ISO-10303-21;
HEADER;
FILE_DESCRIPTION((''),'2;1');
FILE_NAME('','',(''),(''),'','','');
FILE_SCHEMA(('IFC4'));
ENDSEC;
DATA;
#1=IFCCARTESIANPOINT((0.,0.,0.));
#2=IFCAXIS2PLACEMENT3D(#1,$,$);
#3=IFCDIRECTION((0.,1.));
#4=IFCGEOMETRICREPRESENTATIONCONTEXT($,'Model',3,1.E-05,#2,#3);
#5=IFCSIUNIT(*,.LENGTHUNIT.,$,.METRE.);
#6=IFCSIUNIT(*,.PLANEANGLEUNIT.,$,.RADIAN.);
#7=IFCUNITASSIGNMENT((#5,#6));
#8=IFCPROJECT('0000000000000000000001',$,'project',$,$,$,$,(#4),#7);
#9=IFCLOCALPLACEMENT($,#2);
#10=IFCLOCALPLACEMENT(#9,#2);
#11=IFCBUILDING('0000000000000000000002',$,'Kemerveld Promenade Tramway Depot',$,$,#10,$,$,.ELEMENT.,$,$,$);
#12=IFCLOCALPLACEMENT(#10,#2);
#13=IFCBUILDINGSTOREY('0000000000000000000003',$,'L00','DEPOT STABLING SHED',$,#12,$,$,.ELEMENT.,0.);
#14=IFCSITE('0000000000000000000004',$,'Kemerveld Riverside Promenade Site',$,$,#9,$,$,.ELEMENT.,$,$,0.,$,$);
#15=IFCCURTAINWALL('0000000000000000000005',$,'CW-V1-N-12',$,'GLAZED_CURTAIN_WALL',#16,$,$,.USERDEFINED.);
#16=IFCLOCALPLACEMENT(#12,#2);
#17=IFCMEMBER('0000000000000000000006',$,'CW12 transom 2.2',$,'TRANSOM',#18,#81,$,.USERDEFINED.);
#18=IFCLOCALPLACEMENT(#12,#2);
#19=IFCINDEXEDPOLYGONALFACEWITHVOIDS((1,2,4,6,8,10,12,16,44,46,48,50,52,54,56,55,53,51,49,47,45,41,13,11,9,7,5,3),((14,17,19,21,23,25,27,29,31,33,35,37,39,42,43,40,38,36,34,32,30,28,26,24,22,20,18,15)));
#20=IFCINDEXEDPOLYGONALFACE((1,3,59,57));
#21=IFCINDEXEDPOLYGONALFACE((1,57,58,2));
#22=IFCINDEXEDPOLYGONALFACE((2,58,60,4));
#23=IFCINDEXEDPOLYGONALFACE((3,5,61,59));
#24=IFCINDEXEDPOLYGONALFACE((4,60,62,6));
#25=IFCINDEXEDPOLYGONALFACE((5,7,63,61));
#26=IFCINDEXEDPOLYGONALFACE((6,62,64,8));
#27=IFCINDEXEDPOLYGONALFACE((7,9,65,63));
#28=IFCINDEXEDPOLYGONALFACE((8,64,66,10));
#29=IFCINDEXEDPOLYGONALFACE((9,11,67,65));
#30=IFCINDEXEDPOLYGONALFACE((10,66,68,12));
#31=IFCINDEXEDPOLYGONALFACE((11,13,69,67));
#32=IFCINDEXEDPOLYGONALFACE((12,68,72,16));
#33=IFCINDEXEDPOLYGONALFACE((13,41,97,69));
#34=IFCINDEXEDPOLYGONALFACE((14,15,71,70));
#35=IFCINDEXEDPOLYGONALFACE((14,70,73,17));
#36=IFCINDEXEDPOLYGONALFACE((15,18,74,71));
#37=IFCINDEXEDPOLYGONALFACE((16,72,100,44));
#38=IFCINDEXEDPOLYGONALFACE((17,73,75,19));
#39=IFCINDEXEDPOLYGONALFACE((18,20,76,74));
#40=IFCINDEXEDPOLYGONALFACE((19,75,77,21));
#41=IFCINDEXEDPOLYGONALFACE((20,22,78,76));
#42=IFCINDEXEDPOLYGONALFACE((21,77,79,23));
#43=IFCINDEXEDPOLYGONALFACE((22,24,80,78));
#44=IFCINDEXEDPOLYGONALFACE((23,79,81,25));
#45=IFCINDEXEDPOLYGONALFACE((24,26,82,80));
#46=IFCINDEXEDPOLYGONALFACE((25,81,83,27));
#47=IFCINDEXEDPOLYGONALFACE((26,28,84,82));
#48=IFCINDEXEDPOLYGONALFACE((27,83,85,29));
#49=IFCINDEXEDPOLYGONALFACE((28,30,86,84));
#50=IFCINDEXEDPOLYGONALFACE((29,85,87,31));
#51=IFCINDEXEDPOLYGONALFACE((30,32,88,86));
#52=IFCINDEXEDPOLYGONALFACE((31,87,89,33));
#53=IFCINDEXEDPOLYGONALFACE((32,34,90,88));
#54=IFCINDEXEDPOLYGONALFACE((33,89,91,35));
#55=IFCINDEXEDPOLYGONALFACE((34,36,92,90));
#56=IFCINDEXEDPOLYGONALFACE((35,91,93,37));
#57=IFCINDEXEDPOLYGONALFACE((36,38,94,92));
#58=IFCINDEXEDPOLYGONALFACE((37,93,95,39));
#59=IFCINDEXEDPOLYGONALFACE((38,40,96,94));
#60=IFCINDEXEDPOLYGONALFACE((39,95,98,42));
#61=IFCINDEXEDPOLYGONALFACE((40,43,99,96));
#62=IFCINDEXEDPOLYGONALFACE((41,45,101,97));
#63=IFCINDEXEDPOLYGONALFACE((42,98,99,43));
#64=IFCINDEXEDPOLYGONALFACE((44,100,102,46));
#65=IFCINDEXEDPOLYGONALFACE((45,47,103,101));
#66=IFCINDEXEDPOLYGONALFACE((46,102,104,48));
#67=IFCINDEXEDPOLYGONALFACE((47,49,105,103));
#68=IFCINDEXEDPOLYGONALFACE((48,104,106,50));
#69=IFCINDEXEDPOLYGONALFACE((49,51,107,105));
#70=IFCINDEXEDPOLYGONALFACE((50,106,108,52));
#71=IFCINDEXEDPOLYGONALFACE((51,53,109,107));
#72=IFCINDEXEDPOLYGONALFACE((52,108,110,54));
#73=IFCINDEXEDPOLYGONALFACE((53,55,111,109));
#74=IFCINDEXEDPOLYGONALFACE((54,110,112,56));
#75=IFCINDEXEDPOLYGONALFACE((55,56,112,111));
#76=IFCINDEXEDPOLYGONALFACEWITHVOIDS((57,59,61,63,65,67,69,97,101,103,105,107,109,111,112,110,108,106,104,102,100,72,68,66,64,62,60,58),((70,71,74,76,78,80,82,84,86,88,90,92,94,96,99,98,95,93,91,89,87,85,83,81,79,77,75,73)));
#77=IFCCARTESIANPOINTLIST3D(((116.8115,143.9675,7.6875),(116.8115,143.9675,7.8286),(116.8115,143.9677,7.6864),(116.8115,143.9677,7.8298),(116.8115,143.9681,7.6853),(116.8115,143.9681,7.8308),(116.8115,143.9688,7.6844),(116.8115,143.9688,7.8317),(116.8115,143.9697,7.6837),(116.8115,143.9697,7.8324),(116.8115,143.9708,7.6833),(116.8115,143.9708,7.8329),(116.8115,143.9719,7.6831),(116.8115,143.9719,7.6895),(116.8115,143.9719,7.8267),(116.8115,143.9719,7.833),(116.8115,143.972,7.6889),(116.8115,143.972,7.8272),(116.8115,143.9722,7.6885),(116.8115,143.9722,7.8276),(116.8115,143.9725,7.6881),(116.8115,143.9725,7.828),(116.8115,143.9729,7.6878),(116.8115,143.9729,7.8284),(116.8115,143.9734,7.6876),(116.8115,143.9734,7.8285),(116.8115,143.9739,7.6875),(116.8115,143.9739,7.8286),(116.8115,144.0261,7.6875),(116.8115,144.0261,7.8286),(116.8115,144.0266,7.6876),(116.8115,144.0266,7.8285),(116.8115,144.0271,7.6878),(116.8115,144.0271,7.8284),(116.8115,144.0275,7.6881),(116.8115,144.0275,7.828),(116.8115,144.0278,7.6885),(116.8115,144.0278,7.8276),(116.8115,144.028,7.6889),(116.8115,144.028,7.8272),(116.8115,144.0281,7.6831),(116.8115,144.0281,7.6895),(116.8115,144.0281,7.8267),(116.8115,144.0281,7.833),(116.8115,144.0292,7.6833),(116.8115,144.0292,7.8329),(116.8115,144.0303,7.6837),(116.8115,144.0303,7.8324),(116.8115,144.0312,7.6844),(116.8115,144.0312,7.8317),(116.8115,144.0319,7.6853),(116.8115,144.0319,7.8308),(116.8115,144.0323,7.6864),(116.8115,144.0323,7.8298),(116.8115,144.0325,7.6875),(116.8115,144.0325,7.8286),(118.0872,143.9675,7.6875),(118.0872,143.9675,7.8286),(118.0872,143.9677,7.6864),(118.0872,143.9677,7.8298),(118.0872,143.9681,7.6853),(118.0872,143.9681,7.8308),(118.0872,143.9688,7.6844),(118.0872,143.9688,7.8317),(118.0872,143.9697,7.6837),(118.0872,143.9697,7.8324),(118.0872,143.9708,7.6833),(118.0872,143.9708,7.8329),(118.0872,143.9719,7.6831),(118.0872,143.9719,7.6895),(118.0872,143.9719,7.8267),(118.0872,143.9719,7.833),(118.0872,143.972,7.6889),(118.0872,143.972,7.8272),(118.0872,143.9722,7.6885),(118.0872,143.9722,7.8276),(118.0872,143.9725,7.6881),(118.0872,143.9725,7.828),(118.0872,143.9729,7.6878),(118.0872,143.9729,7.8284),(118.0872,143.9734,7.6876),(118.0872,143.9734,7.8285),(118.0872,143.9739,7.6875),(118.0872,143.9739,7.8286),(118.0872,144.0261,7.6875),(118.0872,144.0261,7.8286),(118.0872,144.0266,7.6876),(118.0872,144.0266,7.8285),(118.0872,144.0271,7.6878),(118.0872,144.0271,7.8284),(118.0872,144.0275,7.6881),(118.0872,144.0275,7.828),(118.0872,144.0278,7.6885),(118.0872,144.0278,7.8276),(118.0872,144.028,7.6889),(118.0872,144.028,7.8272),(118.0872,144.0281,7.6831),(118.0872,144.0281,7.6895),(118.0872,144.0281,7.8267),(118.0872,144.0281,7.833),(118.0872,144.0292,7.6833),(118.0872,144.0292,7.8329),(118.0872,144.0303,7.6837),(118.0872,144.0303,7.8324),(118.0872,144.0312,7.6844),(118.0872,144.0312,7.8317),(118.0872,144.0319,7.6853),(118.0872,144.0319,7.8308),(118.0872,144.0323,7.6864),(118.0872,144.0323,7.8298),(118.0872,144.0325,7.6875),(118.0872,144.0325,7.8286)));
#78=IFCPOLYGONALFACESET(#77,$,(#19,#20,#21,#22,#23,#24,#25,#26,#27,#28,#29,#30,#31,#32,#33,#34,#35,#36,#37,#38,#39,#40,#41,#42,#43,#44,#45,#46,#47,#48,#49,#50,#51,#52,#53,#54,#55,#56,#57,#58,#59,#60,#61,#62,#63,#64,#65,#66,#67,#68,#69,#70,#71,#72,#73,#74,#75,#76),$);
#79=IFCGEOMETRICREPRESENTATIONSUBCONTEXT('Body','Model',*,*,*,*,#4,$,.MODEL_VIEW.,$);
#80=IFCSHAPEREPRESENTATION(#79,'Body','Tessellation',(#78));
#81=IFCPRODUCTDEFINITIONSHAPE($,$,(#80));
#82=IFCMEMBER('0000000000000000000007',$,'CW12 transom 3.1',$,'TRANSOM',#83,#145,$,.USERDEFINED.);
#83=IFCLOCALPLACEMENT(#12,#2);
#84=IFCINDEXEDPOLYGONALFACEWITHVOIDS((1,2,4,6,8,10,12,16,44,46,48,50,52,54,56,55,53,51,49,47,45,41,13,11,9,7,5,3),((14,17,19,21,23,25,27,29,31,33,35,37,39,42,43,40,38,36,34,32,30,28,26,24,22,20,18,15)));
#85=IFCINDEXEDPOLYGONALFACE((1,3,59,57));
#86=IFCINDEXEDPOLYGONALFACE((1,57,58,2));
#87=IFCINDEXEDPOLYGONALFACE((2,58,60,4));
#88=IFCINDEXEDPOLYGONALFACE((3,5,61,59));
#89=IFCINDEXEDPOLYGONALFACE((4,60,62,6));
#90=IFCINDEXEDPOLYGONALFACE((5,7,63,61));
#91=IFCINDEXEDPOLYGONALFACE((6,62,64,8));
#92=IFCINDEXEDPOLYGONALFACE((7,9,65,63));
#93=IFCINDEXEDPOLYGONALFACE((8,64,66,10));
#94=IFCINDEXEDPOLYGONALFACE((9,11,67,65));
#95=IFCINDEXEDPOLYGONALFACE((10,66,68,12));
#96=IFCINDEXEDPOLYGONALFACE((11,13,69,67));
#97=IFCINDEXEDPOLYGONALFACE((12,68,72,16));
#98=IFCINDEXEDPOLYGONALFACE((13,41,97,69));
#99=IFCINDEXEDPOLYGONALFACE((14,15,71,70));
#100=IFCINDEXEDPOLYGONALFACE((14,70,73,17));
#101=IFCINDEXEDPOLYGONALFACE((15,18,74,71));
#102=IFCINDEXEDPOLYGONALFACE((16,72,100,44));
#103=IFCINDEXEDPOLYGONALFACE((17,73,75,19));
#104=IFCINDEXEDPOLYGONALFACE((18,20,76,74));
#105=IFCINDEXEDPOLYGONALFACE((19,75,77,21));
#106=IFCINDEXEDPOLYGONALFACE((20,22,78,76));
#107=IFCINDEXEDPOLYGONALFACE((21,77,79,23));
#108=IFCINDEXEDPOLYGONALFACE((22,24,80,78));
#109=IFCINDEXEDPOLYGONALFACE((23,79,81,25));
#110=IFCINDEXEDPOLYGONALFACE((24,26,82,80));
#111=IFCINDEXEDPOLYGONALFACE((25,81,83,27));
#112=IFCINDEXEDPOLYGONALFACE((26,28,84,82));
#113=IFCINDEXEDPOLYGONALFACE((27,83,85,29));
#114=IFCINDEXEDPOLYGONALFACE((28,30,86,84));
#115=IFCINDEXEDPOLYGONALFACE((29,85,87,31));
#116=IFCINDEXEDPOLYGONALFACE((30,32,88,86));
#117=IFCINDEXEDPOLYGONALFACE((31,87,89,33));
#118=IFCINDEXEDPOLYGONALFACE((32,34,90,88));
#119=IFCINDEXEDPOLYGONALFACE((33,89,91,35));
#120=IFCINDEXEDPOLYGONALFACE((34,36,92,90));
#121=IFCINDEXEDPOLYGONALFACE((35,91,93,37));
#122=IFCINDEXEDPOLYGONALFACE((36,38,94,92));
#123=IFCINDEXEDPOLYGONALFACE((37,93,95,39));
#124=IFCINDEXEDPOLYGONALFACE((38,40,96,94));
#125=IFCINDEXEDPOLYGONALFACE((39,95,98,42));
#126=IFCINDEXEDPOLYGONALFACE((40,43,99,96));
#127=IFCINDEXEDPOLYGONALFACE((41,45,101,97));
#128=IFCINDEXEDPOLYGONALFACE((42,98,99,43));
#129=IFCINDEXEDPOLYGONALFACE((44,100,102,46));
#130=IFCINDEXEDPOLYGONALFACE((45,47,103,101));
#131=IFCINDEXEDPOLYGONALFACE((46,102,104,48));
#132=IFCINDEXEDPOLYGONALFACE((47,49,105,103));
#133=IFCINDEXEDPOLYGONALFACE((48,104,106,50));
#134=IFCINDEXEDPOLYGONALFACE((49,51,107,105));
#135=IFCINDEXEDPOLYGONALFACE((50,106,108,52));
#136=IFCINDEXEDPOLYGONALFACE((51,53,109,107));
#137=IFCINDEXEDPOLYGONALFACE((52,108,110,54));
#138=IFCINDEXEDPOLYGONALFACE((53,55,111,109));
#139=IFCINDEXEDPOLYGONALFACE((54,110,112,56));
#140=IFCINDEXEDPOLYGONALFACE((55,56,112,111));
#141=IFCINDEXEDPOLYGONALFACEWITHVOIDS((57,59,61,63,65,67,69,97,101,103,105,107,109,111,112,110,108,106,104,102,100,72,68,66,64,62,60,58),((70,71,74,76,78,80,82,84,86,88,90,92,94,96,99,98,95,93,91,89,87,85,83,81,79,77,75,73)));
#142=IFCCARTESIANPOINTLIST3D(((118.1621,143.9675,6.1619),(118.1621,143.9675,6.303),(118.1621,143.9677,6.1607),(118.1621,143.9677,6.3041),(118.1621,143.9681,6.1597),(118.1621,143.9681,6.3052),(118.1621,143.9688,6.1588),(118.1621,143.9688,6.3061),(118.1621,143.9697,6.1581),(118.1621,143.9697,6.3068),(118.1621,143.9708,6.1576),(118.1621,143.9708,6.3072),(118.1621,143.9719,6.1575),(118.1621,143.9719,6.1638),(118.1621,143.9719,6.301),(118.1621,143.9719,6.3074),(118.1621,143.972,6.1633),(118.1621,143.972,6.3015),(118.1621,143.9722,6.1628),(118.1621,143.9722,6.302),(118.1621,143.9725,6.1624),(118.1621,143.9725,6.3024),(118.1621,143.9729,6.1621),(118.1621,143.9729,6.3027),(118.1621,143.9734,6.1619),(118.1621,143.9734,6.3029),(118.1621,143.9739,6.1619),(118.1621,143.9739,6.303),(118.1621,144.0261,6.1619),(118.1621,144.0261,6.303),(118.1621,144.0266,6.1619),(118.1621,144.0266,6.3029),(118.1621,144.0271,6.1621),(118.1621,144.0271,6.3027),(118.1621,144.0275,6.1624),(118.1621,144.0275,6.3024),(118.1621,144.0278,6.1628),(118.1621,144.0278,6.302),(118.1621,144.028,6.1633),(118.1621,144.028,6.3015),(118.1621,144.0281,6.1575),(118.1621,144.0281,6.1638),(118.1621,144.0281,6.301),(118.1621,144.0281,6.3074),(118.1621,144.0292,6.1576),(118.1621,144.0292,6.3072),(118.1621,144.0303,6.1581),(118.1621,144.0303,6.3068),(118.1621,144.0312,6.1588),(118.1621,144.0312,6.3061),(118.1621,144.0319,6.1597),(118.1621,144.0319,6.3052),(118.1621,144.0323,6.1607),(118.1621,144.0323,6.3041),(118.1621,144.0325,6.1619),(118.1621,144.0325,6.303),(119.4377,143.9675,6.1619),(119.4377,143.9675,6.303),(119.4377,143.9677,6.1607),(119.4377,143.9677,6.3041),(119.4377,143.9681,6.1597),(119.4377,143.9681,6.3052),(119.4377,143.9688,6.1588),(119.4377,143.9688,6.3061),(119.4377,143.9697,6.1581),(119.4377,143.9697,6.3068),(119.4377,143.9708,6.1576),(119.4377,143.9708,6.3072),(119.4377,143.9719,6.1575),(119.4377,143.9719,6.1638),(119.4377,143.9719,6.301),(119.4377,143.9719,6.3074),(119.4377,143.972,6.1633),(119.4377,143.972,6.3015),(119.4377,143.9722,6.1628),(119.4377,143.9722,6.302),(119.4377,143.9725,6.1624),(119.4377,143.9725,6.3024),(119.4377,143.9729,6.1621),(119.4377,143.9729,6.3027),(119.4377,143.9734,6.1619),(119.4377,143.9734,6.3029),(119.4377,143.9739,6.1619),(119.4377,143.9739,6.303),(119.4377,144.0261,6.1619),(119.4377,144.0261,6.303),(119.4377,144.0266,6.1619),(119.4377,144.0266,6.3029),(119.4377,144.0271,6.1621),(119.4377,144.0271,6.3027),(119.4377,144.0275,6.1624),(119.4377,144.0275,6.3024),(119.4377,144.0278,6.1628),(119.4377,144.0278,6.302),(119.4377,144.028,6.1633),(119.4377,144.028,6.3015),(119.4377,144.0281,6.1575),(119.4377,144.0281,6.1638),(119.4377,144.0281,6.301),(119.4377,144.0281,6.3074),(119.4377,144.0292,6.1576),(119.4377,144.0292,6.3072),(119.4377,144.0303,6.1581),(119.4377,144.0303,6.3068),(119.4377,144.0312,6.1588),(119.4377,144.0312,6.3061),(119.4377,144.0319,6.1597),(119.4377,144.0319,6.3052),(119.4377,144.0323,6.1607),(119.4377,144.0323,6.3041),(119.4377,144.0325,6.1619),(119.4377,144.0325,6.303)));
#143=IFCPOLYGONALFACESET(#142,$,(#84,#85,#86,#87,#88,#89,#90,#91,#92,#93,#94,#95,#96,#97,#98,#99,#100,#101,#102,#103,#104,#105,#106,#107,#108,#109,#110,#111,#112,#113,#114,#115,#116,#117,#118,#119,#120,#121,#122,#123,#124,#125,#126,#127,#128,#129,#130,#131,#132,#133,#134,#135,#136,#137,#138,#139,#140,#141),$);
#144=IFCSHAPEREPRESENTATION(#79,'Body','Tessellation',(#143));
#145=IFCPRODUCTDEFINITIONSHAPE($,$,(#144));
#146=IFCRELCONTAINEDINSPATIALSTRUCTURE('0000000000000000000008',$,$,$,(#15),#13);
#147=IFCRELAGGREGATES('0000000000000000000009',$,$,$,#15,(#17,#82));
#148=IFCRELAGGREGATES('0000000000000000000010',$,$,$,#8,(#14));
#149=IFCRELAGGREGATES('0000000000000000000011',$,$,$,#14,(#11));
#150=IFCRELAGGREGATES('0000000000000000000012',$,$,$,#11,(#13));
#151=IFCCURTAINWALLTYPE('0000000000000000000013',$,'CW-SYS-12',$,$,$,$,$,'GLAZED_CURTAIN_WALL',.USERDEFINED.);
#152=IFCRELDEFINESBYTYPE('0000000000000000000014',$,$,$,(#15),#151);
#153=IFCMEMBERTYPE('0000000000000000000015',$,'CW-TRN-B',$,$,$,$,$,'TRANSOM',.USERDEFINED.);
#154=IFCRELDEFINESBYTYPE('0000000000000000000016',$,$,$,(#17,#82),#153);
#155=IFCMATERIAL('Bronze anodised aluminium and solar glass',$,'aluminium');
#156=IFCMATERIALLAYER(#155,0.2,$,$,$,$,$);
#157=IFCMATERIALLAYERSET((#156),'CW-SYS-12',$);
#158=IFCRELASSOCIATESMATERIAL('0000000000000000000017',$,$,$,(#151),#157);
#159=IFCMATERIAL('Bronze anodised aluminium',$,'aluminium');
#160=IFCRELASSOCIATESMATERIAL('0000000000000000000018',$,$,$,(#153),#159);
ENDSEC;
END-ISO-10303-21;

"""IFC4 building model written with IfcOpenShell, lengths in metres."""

from ifc_helpers import new_model, si_unit, direction, frame, origin, origin_2d, place, context, subcontext, project, spatial, hollow_rectangle, extrude, material, layer, layer_set, material_profile, profile_set, type_object, element, aggregate, save


model = new_model("IFC4")

# Units and contexts
model_context = context("Model", 3, precision=1e-05, world=origin(), true_north=direction((0.0, 1.0)))
body_context = subcontext(model_context, "Body", "Model", "MODEL_VIEW")
ifc_project = project(units=[si_unit("LENGTHUNIT", "METRE"), si_unit("PLANEANGLEUNIT", "RADIAN")], contexts=[model_context])

# Site, building, storey
site_placement = place(None, origin())
site = spatial("IfcSite", under=ifc_project, at=site_placement, Name="Kemerveld Riverside Promenade Site", CompositionType="ELEMENT", RefElevation=0.0)
building_placement = place(site_placement, origin())
building = spatial("IfcBuilding", under=site, at=building_placement, Name="Kemerveld Promenade Tramway Depot", CompositionType="ELEMENT")
storey_placement = place(building_placement, origin())
storey = spatial("IfcBuildingStorey", under=building, at=storey_placement, Name="L00", Description="DEPOT STABLING SHED", CompositionType="ELEMENT", Elevation=0.0)

# Shared definitions
ifc_material_1 = material(Name="Bronze anodised aluminium and solar glass", Category="aluminium")
ifc_material_2 = material(Name="Bronze anodised aluminium", Category="aluminium")

# Curtain wall, members
ifc_layer_1 = layer(ifc_material_1, 0.2)
ifc_layer_set_1 = layer_set([ifc_layer_1], Name="CW-SYS-12")
curtain_wall_type_1 = type_object("IfcCurtainWallType", Name="CW-SYS-12", ElementType="GLAZED_CURTAIN_WALL", PredefinedType="USERDEFINED", material=ifc_layer_set_1)
curtain_wall_1_placement = place(storey_placement, origin())
curtain_wall_1 = element("IfcCurtainWall", 1, at=curtain_wall_1_placement, inside=storey, type_object=curtain_wall_type_1, Name="CW-V1-N-12", ObjectType="GLAZED_CURTAIN_WALL", PredefinedType="USERDEFINED")
ifc_material_profile_1 = material_profile(ifc_material_2, hollow_rectangle(XDim=0.0649, YDim=0.1499, WallThickness=0.0044, InnerFilletRadius=0.002, OuterFilletRadius=0.0044, at=origin_2d()), Name="CW-TRN-150x65")
ifc_profile_set_1 = profile_set([ifc_material_profile_1], Name="Bronze anodised aluminium")
member_type_1 = type_object("IfcMemberType", Name="CW-TRN-B", ElementType="TRANSOM", PredefinedType="USERDEFINED", material=ifc_profile_set_1)
member_1_placement = place(storey_placement, frame((116.8115, 144.0, 7.7581), z_axis=(1.0, 0.0, 0.0), x_axis=(0.0, 1.0, 0.0)))
member_1 = element("IfcMember", 2, at=member_1_placement, type_object=member_type_1, Name="CW12 transom 2.2", ObjectType="TRANSOM", PredefinedType="USERDEFINED", context=body_context, shape_type="SweptSolid", body=[
    extrude(hollow_rectangle(XDim=0.0649, YDim=0.1499, WallThickness=0.0044, InnerFilletRadius=0.002, OuterFilletRadius=0.0044, at=origin_2d()), origin(), (0.0, 0.0, 1.0), 1.2756),
])
member_2_placement = place(storey_placement, frame((118.1621, 144.0, 6.2324), z_axis=(1.0, 0.0, 0.0), x_axis=(0.0, 1.0, 0.0)))
member_2 = element("IfcMember", 3, at=member_2_placement, type_object=member_type_1, Name="CW12 transom 3.1", ObjectType="TRANSOM", PredefinedType="USERDEFINED", context=body_context, shape_type="SweptSolid", body=[
    extrude(hollow_rectangle(XDim=0.0649, YDim=0.1499, WallThickness=0.0044, InnerFilletRadius=0.002, OuterFilletRadius=0.0044, at=origin_2d()), origin(), (0.0, 0.0, 1.0), 1.2756),
])

aggregate(curtain_wall_1, [member_1, member_2])

save(model, "model.ifc")
